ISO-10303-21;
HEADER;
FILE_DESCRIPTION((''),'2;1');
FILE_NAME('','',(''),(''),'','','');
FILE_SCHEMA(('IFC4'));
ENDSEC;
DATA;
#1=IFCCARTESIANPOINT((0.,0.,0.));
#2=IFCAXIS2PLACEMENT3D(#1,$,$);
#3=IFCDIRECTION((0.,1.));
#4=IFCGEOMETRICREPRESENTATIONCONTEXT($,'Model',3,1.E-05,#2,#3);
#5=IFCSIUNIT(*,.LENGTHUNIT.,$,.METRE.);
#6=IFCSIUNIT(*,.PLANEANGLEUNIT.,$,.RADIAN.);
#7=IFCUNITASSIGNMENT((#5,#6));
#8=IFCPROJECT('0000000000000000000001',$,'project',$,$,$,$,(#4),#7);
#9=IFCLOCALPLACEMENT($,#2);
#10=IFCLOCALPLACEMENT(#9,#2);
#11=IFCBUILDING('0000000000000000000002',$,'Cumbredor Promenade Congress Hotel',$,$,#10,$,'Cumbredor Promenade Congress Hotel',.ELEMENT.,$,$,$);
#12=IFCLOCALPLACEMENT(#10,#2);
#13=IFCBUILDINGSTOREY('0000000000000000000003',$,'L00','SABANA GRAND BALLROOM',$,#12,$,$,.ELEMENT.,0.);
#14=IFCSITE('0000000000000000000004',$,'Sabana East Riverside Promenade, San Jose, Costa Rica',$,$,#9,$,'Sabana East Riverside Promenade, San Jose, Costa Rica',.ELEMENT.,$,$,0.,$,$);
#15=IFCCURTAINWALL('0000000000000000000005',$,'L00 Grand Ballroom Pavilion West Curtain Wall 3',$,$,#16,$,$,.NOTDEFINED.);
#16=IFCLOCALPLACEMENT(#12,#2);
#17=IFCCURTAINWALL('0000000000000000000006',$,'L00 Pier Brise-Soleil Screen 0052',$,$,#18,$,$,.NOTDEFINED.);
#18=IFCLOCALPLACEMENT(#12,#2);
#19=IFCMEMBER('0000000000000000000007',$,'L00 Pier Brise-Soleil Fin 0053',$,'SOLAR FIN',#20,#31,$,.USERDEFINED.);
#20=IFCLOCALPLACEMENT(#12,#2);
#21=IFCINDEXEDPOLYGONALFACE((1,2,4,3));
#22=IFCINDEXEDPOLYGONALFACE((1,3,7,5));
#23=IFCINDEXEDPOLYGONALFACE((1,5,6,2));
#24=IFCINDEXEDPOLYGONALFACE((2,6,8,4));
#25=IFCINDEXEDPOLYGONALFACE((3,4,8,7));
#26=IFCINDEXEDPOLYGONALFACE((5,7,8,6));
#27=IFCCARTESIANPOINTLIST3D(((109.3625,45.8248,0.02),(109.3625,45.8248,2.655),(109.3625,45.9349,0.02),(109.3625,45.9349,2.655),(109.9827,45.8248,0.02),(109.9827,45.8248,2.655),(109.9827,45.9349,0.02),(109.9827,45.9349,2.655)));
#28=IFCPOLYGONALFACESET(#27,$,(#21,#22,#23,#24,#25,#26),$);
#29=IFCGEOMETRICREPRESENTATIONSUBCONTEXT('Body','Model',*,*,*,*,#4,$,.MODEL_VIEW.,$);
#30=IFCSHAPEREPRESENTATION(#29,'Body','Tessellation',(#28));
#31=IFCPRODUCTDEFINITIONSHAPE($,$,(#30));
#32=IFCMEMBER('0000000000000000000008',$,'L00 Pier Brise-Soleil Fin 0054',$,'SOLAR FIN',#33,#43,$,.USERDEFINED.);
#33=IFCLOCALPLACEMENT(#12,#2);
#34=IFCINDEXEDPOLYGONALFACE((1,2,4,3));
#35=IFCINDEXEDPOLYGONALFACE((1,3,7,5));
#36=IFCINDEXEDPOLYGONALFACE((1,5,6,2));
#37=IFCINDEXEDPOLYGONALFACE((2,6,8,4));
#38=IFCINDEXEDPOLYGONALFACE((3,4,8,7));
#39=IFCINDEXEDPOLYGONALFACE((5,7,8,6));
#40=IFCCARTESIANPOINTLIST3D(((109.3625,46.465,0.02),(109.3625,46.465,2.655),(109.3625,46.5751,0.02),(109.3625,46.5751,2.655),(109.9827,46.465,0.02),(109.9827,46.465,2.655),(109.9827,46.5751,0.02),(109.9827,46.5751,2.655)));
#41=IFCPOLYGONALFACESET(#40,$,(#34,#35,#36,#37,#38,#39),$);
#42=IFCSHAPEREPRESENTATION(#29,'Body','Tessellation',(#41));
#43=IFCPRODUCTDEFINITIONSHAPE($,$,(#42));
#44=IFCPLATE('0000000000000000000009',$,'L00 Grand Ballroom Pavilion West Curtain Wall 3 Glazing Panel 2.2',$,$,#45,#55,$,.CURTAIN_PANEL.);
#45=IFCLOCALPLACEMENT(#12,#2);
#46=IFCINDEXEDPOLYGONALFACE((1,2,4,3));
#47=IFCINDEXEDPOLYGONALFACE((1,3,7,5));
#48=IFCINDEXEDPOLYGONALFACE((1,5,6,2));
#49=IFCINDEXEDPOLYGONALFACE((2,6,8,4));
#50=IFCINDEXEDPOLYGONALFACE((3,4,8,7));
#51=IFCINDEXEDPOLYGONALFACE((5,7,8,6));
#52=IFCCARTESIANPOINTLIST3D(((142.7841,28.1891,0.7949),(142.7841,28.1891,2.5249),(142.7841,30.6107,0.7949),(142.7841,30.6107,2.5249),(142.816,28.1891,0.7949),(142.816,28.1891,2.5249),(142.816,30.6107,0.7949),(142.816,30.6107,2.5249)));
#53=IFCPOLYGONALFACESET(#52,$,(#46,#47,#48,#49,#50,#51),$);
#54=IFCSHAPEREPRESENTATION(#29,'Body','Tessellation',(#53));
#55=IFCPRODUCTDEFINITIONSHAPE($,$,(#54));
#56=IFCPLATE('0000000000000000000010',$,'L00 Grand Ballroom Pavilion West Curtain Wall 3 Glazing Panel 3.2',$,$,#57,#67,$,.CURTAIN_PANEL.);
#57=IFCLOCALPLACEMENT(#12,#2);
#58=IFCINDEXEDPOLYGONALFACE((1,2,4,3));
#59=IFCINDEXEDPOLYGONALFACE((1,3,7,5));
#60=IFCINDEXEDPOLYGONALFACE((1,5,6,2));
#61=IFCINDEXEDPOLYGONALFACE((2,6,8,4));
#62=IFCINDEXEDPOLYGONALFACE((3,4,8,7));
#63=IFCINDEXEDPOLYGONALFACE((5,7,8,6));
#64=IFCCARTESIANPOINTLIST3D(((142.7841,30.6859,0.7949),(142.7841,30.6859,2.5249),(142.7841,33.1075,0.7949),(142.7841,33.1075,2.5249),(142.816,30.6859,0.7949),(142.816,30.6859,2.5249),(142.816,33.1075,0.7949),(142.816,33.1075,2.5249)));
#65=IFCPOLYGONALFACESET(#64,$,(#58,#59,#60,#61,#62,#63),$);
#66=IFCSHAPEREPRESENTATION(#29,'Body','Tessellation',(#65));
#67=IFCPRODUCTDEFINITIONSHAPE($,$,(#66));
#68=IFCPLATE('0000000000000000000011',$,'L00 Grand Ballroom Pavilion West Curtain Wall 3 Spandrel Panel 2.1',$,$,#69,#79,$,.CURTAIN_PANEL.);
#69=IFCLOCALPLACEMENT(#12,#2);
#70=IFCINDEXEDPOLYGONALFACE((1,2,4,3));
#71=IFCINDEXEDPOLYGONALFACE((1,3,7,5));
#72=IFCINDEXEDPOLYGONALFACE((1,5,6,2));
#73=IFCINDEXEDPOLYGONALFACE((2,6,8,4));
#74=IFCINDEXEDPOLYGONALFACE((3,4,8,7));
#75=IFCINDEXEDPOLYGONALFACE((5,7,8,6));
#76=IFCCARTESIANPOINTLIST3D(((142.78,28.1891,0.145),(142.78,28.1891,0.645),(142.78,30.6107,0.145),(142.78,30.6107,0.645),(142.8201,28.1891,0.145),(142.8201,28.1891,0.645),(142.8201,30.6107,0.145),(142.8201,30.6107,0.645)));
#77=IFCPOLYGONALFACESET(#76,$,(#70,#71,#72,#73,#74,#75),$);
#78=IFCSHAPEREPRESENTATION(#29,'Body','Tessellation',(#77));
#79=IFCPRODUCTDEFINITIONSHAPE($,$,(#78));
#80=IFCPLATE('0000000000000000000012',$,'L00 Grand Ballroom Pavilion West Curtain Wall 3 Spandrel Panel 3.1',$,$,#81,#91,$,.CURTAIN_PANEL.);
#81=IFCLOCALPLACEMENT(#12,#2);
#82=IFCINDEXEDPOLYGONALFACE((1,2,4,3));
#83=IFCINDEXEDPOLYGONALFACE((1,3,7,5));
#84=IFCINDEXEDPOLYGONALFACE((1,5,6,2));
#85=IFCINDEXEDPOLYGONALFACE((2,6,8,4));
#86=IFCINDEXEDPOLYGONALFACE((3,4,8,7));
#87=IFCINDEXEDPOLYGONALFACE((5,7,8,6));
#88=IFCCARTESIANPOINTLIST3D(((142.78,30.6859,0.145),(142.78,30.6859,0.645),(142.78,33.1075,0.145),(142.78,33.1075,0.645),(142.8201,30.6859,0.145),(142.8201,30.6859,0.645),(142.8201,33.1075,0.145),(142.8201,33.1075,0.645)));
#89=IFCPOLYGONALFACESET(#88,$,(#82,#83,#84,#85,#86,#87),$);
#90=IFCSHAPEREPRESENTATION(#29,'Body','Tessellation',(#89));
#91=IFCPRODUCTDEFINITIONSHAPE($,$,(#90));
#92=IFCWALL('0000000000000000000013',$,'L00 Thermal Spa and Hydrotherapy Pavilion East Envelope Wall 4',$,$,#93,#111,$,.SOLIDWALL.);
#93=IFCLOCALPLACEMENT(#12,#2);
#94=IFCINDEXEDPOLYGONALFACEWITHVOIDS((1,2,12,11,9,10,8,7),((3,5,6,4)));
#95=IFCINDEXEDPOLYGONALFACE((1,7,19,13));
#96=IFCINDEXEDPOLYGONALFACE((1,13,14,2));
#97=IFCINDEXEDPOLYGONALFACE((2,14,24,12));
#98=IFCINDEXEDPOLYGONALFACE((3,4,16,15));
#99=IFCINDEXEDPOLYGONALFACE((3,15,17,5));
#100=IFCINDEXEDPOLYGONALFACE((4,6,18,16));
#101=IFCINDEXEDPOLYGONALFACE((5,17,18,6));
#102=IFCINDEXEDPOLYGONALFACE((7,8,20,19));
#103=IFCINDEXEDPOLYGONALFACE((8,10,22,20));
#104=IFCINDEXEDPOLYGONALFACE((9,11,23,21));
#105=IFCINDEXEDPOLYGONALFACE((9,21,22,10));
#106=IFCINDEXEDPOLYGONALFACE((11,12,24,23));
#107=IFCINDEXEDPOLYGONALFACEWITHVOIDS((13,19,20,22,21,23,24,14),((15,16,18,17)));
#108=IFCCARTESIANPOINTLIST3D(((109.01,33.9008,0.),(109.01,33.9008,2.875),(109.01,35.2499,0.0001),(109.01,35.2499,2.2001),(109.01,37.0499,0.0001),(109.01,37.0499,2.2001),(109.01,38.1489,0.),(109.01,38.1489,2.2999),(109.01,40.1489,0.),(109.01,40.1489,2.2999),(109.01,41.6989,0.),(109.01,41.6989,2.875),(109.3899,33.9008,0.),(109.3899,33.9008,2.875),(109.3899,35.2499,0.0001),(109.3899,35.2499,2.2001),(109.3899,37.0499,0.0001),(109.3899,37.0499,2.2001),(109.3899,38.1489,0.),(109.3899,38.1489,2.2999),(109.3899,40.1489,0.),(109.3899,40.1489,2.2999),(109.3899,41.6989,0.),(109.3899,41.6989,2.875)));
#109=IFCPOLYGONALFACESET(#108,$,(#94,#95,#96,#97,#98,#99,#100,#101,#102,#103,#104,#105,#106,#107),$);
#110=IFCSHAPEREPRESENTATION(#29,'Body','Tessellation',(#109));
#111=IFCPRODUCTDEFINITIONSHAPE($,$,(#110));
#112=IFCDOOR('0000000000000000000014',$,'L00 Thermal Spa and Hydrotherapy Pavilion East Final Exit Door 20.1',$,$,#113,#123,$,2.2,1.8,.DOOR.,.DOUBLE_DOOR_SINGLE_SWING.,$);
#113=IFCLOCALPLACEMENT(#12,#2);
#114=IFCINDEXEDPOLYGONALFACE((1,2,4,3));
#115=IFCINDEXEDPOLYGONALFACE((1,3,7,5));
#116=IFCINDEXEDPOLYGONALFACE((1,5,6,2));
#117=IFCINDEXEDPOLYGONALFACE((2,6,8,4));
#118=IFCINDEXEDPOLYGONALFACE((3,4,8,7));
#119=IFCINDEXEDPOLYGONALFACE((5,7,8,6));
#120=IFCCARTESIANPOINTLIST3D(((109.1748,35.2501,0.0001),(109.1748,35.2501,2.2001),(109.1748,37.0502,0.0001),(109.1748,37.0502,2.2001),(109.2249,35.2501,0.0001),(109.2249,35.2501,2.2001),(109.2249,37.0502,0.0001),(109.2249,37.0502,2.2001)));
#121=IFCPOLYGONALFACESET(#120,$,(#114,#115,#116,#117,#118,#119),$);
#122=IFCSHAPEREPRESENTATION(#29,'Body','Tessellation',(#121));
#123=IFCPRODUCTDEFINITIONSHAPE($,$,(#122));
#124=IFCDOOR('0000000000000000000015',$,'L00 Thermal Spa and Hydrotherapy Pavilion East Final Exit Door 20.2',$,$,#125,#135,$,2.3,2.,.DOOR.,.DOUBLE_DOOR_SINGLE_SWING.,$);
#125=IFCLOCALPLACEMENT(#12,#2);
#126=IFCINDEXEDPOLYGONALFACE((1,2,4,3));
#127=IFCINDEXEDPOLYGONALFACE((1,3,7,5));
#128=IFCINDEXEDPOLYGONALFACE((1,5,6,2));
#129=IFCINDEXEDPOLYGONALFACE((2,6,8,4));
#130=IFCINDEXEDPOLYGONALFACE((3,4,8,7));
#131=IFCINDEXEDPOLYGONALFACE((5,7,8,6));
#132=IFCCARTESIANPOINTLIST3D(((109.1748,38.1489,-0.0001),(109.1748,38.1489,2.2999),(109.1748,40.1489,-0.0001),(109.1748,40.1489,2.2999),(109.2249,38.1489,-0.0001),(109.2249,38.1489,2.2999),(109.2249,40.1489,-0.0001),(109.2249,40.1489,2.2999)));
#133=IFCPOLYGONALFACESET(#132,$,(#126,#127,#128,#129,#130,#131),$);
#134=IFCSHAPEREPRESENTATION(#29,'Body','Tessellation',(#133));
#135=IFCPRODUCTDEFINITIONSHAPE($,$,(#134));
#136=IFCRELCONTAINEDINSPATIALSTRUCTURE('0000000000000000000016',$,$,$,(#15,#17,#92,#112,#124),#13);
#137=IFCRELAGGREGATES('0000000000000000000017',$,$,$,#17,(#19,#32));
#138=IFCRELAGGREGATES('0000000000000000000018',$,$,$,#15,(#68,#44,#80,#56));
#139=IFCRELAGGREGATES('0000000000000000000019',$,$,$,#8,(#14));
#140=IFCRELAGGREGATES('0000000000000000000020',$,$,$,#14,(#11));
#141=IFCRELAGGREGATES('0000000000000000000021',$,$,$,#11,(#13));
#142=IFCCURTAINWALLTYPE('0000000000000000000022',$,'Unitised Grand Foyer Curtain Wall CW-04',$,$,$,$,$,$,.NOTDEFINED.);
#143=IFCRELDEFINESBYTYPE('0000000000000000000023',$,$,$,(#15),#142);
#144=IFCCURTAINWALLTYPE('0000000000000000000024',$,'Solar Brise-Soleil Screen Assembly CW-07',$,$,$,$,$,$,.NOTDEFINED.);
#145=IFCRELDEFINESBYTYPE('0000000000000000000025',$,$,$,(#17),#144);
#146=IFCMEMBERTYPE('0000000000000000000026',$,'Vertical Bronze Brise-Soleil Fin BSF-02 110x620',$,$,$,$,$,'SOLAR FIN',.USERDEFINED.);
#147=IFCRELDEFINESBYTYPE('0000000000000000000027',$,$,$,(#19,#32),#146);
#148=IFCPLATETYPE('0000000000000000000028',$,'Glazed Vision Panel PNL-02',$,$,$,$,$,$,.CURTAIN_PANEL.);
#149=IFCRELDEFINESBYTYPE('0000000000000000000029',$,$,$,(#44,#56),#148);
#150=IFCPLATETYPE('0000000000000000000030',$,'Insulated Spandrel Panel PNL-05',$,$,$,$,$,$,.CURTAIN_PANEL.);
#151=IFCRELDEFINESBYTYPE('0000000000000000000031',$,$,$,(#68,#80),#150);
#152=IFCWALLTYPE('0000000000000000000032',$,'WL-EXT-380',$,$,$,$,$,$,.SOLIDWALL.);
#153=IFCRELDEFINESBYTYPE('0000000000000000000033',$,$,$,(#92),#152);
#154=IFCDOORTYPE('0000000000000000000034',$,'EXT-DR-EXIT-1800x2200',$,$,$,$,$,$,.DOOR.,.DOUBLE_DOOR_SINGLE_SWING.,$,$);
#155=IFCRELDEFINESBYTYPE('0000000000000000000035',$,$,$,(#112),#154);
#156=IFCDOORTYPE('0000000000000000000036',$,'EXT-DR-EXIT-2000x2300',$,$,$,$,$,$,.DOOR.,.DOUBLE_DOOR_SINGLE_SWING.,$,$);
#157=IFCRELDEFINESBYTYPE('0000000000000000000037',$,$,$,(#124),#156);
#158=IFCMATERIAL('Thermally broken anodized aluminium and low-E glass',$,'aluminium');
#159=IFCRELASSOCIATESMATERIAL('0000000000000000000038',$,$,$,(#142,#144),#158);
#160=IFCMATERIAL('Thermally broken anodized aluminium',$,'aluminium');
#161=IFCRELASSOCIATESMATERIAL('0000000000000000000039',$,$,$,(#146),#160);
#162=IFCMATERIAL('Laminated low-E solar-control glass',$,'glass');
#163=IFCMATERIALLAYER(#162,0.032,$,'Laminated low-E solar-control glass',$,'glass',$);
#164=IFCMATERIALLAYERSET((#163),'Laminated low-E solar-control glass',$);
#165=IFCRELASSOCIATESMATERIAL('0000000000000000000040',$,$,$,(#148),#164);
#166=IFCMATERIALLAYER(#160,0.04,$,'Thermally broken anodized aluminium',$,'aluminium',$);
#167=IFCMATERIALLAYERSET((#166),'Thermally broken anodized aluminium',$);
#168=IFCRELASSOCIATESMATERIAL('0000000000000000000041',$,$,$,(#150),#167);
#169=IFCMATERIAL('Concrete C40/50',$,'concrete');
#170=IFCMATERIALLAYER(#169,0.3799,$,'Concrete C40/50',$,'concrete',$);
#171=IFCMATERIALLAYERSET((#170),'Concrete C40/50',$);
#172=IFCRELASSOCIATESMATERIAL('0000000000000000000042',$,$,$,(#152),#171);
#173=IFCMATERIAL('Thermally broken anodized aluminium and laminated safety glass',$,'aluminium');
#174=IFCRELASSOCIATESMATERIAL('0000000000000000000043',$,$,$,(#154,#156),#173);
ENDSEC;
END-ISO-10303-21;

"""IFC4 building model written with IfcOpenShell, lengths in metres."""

from ifc_helpers import new_model, si_unit, direction, frame, frame_2d, origin, origin_2d, place, context, subcontext, project, spatial, rectangle, extrude, material, layer, layer_set, material_profile, profile_set, type_object, element, fill, aggregate, save


model = new_model("IFC4")

# Units and contexts
model_context = context("Model", 3, precision=1e-05, world=origin(), true_north=direction((0.0, 1.0)))
body_context = subcontext(model_context, "Body", "Model", "MODEL_VIEW")
ifc_project = project(units=[si_unit("LENGTHUNIT", "METRE"), si_unit("PLANEANGLEUNIT", "RADIAN")], contexts=[model_context])

# Site, building, storey
site_placement = place(None, origin())
site = spatial("IfcSite", under=ifc_project, at=site_placement, Name="Sabana East Riverside Promenade, San Jose, Costa Rica", LongName="Sabana East Riverside Promenade, San Jose, Costa Rica", CompositionType="ELEMENT", RefElevation=0.0)
building_placement = place(site_placement, origin())
building = spatial("IfcBuilding", under=site, at=building_placement, Name="Cumbredor Promenade Congress Hotel", LongName="Cumbredor Promenade Congress Hotel", CompositionType="ELEMENT")
storey_placement = place(building_placement, origin())
storey = spatial("IfcBuildingStorey", under=building, at=storey_placement, Name="L00", Description="SABANA GRAND BALLROOM", CompositionType="ELEMENT", Elevation=0.0)

# Shared definitions
ifc_material_1 = material(Name="Concrete C40/50", Category="concrete")

# Curtain wall
ifc_material_2 = material(Name="Thermally broken anodized aluminium and low-E glass", Category="aluminium")
curtain_wall_type_1 = type_object("IfcCurtainWallType", Name="Unitised Grand Foyer Curtain Wall CW-04", PredefinedType="NOTDEFINED", material=ifc_material_2)
curtain_wall_1_placement = place(storey_placement, origin())
curtain_wall_1 = element("IfcCurtainWall", 1, at=curtain_wall_1_placement, inside=storey, type_object=curtain_wall_type_1, Name="L00 Grand Ballroom Pavilion West Curtain Wall 3", PredefinedType="NOTDEFINED")
ifc_material_3 = material(Name="Thermally broken anodized aluminium", Category="aluminium")

# Curtain wall
curtain_wall_type_2 = type_object("IfcCurtainWallType", Name="Solar Brise-Soleil Screen Assembly CW-07", PredefinedType="NOTDEFINED", material=ifc_material_2)
curtain_wall_2_placement = place(storey_placement, origin())
curtain_wall_2 = element("IfcCurtainWall", 2, at=curtain_wall_2_placement, inside=storey, type_object=curtain_wall_type_2, Name="L00 Pier Brise-Soleil Screen 0052", PredefinedType="NOTDEFINED")

# Members
ifc_material_profile_1 = material_profile(ifc_material_3, rectangle(XDim=0.1101, YDim=0.6201, at=origin_2d()), Name="ARCH FIN 110x620")
ifc_profile_set_1 = profile_set([ifc_material_profile_1], Name="Thermally broken anodized aluminium")
member_type_1 = type_object("IfcMemberType", Name="Vertical Bronze Brise-Soleil Fin BSF-02 110x620", ElementType="SOLAR FIN", PredefinedType="USERDEFINED", material=ifc_profile_set_1)
member_1_placement = place(storey_placement, frame((109.6726, 45.8799, 0.02), z_axis=(0.0, 0.0, 1.0), x_axis=(0.0, 1.0, 0.0)))
member_1 = element("IfcMember", 3, at=member_1_placement, type_object=member_type_1, Name="L00 Pier Brise-Soleil Fin 0053", ObjectType="SOLAR FIN", PredefinedType="USERDEFINED", context=body_context, shape_type="SweptSolid", body=[
    extrude(rectangle(XDim=0.1101, YDim=0.6201, at=origin_2d()), origin(), (0.0, 0.0, 1.0), 2.635),
])
member_2_placement = place(storey_placement, frame((109.6726, 46.52, 0.02), z_axis=(0.0, 0.0, 1.0), x_axis=(0.0, 1.0, 0.0)))
member_2 = element("IfcMember", 4, at=member_2_placement, type_object=member_type_1, Name="L00 Pier Brise-Soleil Fin 0054", ObjectType="SOLAR FIN", PredefinedType="USERDEFINED", context=body_context, shape_type="SweptSolid", body=[
    extrude(rectangle(XDim=0.1101, YDim=0.6201, at=origin_2d()), origin(), (0.0, 0.0, 1.0), 2.635),
])
aggregate(curtain_wall_2, [member_1, member_2])

# Plates
ifc_material_4 = material(Name="Laminated low-E solar-control glass", Category="glass")
ifc_layer_1 = layer(ifc_material_4, 0.032, Name="Laminated low-E solar-control glass", Category="glass")
ifc_layer_set_1 = layer_set([ifc_layer_1], Name="Laminated low-E solar-control glass")
plate_type_1 = type_object("IfcPlateType", Name="Glazed Vision Panel PNL-02", PredefinedType="CURTAIN_PANEL", material=ifc_layer_set_1)
plate_1_placement = place(storey_placement, frame((142.8, 29.3999, 0.7949), z_axis=(0.0, 0.0, 1.0), x_axis=(0.0, 1.0, 0.0)))
plate_1 = element("IfcPlate", 5, at=plate_1_placement, type_object=plate_type_1, Name="L00 Grand Ballroom Pavilion West Curtain Wall 3 Glazing Panel 2.2", PredefinedType="CURTAIN_PANEL", context=body_context, shape_type="SweptSolid", body=[
    extrude(rectangle(XDim=2.4216, YDim=0.032, at=origin_2d()), origin(), (0.0, 0.0, 1.0), 1.73),
])
plate_2_placement = place(storey_placement, frame((142.8, 31.8967, 0.7949), z_axis=(0.0, 0.0, 1.0), x_axis=(0.0, 1.0, 0.0)))
plate_2 = element("IfcPlate", 6, at=plate_2_placement, type_object=plate_type_1, Name="L00 Grand Ballroom Pavilion West Curtain Wall 3 Glazing Panel 3.2", PredefinedType="CURTAIN_PANEL", context=body_context, shape_type="SweptSolid", body=[
    extrude(rectangle(XDim=2.4216, YDim=0.032, at=origin_2d()), origin(), (0.0, 0.0, 1.0), 1.73),
])
ifc_layer_2 = layer(ifc_material_3, 0.04, Name="Thermally broken anodized aluminium", Category="aluminium")
ifc_layer_set_2 = layer_set([ifc_layer_2], Name="Thermally broken anodized aluminium")
plate_type_2 = type_object("IfcPlateType", Name="Insulated Spandrel Panel PNL-05", PredefinedType="CURTAIN_PANEL", material=ifc_layer_set_2)
plate_3_placement = place(storey_placement, frame((142.8, 29.3999, 0.145), z_axis=(0.0, 0.0, 1.0), x_axis=(0.0, 1.0, 0.0)))
plate_3 = element("IfcPlate", 7, at=plate_3_placement, type_object=plate_type_2, Name="L00 Grand Ballroom Pavilion West Curtain Wall 3 Spandrel Panel 2.1", PredefinedType="CURTAIN_PANEL", context=body_context, shape_type="SweptSolid", body=[
    extrude(rectangle(XDim=2.4216, YDim=0.04, at=origin_2d()), origin(), (0.0, 0.0, 1.0), 0.5),
])
plate_4_placement = place(storey_placement, frame((142.8, 31.8967, 0.145), z_axis=(0.0, 0.0, 1.0), x_axis=(0.0, 1.0, 0.0)))
plate_4 = element("IfcPlate", 8, at=plate_4_placement, type_object=plate_type_2, Name="L00 Grand Ballroom Pavilion West Curtain Wall 3 Spandrel Panel 3.1", PredefinedType="CURTAIN_PANEL", context=body_context, shape_type="SweptSolid", body=[
    extrude(rectangle(XDim=2.4216, YDim=0.04, at=origin_2d()), origin(), (0.0, 0.0, 1.0), 0.5),
])
aggregate(curtain_wall_1, [plate_3, plate_1, plate_4, plate_2])

# Wall, openings, doors
ifc_layer_3 = layer(ifc_material_1, 0.3799, Name="Concrete C40/50", Category="concrete")
ifc_layer_set_3 = layer_set([ifc_layer_3], Name="Concrete C40/50")
wall_type_1 = type_object("IfcWallType", Name="WL-EXT-380", PredefinedType="SOLIDWALL", material=ifc_layer_set_3)
wall_1_placement = place(storey_placement, frame((109.2, 33.9009, 0.0), z_axis=(0.0, 0.0, 1.0), x_axis=(0.0, 1.0, 0.0)))
wall_1 = element("IfcWall", 9, at=wall_1_placement, inside=storey, type_object=wall_type_1, Name="L00 Thermal Spa and Hydrotherapy Pavilion East Envelope Wall 4", PredefinedType="SOLIDWALL", context=body_context, shape_type="SweptSolid", body=[
    extrude(rectangle(XDim=7.7981, YDim=0.3799, at=frame_2d((3.8989, 0.0))), origin(), (0.0, 0.0, 1.0), 2.875),
])
opening_1_placement = place(wall_1_placement, frame((1.3491, 0.0, 0.0)))
opening_1 = element("IfcOpeningElement", 10, at=opening_1_placement, cuts=wall_1, PredefinedType="OPENING", context=body_context, shape_type="SweptSolid", body=[
    extrude(rectangle(XDim=1.8, YDim=2.2, at=frame_2d((0.8999, 1.1001))), frame((0.0, 0.2, 0.0), z_axis=(0.0, -1.0, 0.0), x_axis=(1.0, 0.0, 0.0)), (0.0, 0.0, 1.0), 0.3999),
])
opening_2_placement = place(wall_1_placement, frame((4.248, 0.0, 0.0)))
opening_2 = element("IfcOpeningElement", 11, at=opening_2_placement, cuts=wall_1, PredefinedType="OPENING", context=body_context, shape_type="SweptSolid", body=[
    extrude(rectangle(XDim=2.0, YDim=2.3, at=frame_2d((1.0, 1.1499))), frame((0.0, 0.2, 0.0), z_axis=(0.0, -1.0, 0.0), x_axis=(1.0, 0.0, 0.0)), (0.0, 0.0, 1.0), 0.3999),
])
ifc_material_5 = material(Name="Thermally broken anodized aluminium and laminated safety glass", Category="aluminium")
door_type_1 = type_object("IfcDoorType", Name="EXT-DR-EXIT-1800x2200", OperationType="DOUBLE_DOOR_SINGLE_SWING", PredefinedType="DOOR", material=ifc_material_5)
door_1_placement = place(opening_1_placement, frame((1.8, 0.0, 0.0), z_axis=(0.0, 0.0, 1.0), x_axis=(-1.0, 0.0, 0.0)))
door_1 = element("IfcDoor", 12, at=door_1_placement, inside=storey, type_object=door_type_1, Name="L00 Thermal Spa and Hydrotherapy Pavilion East Final Exit Door 20.1", OperationType="DOUBLE_DOOR_SINGLE_SWING", OverallHeight=2.2, OverallWidth=1.8, PredefinedType="DOOR", context=body_context, shape_type="SweptSolid", body=[
    extrude(rectangle(XDim=1.8, YDim=2.2, at=frame_2d((0.8999, 1.1001))), frame((0.0, 0.0249, 0.0), z_axis=(0.0, -1.0, 0.0), x_axis=(1.0, 0.0, 0.0)), (0.0, 0.0, 1.0), 0.05),
])
fill(opening_1, door_1)
door_type_2 = type_object("IfcDoorType", Name="EXT-DR-EXIT-2000x2300", OperationType="DOUBLE_DOOR_SINGLE_SWING", PredefinedType="DOOR", material=ifc_material_5)
door_2_placement = place(opening_2_placement, frame((2.0, 0.0, 0.0), z_axis=(0.0, 0.0, 1.0), x_axis=(-1.0, 0.0, 0.0)))
door_2 = element("IfcDoor", 13, at=door_2_placement, inside=storey, type_object=door_type_2, Name="L00 Thermal Spa and Hydrotherapy Pavilion East Final Exit Door 20.2", OperationType="DOUBLE_DOOR_SINGLE_SWING", OverallHeight=2.3, OverallWidth=2.0, PredefinedType="DOOR", context=body_context, shape_type="SweptSolid", body=[
    extrude(rectangle(XDim=2.0, YDim=2.3, at=frame_2d((1.0, 1.1499))), frame((0.0, 0.0249, 0.0), z_axis=(0.0, -1.0, 0.0), x_axis=(1.0, 0.0, 0.0)), (0.0, 0.0, 1.0), 0.05),
])
fill(opening_2, door_2)

save(model, "model.ifc")
